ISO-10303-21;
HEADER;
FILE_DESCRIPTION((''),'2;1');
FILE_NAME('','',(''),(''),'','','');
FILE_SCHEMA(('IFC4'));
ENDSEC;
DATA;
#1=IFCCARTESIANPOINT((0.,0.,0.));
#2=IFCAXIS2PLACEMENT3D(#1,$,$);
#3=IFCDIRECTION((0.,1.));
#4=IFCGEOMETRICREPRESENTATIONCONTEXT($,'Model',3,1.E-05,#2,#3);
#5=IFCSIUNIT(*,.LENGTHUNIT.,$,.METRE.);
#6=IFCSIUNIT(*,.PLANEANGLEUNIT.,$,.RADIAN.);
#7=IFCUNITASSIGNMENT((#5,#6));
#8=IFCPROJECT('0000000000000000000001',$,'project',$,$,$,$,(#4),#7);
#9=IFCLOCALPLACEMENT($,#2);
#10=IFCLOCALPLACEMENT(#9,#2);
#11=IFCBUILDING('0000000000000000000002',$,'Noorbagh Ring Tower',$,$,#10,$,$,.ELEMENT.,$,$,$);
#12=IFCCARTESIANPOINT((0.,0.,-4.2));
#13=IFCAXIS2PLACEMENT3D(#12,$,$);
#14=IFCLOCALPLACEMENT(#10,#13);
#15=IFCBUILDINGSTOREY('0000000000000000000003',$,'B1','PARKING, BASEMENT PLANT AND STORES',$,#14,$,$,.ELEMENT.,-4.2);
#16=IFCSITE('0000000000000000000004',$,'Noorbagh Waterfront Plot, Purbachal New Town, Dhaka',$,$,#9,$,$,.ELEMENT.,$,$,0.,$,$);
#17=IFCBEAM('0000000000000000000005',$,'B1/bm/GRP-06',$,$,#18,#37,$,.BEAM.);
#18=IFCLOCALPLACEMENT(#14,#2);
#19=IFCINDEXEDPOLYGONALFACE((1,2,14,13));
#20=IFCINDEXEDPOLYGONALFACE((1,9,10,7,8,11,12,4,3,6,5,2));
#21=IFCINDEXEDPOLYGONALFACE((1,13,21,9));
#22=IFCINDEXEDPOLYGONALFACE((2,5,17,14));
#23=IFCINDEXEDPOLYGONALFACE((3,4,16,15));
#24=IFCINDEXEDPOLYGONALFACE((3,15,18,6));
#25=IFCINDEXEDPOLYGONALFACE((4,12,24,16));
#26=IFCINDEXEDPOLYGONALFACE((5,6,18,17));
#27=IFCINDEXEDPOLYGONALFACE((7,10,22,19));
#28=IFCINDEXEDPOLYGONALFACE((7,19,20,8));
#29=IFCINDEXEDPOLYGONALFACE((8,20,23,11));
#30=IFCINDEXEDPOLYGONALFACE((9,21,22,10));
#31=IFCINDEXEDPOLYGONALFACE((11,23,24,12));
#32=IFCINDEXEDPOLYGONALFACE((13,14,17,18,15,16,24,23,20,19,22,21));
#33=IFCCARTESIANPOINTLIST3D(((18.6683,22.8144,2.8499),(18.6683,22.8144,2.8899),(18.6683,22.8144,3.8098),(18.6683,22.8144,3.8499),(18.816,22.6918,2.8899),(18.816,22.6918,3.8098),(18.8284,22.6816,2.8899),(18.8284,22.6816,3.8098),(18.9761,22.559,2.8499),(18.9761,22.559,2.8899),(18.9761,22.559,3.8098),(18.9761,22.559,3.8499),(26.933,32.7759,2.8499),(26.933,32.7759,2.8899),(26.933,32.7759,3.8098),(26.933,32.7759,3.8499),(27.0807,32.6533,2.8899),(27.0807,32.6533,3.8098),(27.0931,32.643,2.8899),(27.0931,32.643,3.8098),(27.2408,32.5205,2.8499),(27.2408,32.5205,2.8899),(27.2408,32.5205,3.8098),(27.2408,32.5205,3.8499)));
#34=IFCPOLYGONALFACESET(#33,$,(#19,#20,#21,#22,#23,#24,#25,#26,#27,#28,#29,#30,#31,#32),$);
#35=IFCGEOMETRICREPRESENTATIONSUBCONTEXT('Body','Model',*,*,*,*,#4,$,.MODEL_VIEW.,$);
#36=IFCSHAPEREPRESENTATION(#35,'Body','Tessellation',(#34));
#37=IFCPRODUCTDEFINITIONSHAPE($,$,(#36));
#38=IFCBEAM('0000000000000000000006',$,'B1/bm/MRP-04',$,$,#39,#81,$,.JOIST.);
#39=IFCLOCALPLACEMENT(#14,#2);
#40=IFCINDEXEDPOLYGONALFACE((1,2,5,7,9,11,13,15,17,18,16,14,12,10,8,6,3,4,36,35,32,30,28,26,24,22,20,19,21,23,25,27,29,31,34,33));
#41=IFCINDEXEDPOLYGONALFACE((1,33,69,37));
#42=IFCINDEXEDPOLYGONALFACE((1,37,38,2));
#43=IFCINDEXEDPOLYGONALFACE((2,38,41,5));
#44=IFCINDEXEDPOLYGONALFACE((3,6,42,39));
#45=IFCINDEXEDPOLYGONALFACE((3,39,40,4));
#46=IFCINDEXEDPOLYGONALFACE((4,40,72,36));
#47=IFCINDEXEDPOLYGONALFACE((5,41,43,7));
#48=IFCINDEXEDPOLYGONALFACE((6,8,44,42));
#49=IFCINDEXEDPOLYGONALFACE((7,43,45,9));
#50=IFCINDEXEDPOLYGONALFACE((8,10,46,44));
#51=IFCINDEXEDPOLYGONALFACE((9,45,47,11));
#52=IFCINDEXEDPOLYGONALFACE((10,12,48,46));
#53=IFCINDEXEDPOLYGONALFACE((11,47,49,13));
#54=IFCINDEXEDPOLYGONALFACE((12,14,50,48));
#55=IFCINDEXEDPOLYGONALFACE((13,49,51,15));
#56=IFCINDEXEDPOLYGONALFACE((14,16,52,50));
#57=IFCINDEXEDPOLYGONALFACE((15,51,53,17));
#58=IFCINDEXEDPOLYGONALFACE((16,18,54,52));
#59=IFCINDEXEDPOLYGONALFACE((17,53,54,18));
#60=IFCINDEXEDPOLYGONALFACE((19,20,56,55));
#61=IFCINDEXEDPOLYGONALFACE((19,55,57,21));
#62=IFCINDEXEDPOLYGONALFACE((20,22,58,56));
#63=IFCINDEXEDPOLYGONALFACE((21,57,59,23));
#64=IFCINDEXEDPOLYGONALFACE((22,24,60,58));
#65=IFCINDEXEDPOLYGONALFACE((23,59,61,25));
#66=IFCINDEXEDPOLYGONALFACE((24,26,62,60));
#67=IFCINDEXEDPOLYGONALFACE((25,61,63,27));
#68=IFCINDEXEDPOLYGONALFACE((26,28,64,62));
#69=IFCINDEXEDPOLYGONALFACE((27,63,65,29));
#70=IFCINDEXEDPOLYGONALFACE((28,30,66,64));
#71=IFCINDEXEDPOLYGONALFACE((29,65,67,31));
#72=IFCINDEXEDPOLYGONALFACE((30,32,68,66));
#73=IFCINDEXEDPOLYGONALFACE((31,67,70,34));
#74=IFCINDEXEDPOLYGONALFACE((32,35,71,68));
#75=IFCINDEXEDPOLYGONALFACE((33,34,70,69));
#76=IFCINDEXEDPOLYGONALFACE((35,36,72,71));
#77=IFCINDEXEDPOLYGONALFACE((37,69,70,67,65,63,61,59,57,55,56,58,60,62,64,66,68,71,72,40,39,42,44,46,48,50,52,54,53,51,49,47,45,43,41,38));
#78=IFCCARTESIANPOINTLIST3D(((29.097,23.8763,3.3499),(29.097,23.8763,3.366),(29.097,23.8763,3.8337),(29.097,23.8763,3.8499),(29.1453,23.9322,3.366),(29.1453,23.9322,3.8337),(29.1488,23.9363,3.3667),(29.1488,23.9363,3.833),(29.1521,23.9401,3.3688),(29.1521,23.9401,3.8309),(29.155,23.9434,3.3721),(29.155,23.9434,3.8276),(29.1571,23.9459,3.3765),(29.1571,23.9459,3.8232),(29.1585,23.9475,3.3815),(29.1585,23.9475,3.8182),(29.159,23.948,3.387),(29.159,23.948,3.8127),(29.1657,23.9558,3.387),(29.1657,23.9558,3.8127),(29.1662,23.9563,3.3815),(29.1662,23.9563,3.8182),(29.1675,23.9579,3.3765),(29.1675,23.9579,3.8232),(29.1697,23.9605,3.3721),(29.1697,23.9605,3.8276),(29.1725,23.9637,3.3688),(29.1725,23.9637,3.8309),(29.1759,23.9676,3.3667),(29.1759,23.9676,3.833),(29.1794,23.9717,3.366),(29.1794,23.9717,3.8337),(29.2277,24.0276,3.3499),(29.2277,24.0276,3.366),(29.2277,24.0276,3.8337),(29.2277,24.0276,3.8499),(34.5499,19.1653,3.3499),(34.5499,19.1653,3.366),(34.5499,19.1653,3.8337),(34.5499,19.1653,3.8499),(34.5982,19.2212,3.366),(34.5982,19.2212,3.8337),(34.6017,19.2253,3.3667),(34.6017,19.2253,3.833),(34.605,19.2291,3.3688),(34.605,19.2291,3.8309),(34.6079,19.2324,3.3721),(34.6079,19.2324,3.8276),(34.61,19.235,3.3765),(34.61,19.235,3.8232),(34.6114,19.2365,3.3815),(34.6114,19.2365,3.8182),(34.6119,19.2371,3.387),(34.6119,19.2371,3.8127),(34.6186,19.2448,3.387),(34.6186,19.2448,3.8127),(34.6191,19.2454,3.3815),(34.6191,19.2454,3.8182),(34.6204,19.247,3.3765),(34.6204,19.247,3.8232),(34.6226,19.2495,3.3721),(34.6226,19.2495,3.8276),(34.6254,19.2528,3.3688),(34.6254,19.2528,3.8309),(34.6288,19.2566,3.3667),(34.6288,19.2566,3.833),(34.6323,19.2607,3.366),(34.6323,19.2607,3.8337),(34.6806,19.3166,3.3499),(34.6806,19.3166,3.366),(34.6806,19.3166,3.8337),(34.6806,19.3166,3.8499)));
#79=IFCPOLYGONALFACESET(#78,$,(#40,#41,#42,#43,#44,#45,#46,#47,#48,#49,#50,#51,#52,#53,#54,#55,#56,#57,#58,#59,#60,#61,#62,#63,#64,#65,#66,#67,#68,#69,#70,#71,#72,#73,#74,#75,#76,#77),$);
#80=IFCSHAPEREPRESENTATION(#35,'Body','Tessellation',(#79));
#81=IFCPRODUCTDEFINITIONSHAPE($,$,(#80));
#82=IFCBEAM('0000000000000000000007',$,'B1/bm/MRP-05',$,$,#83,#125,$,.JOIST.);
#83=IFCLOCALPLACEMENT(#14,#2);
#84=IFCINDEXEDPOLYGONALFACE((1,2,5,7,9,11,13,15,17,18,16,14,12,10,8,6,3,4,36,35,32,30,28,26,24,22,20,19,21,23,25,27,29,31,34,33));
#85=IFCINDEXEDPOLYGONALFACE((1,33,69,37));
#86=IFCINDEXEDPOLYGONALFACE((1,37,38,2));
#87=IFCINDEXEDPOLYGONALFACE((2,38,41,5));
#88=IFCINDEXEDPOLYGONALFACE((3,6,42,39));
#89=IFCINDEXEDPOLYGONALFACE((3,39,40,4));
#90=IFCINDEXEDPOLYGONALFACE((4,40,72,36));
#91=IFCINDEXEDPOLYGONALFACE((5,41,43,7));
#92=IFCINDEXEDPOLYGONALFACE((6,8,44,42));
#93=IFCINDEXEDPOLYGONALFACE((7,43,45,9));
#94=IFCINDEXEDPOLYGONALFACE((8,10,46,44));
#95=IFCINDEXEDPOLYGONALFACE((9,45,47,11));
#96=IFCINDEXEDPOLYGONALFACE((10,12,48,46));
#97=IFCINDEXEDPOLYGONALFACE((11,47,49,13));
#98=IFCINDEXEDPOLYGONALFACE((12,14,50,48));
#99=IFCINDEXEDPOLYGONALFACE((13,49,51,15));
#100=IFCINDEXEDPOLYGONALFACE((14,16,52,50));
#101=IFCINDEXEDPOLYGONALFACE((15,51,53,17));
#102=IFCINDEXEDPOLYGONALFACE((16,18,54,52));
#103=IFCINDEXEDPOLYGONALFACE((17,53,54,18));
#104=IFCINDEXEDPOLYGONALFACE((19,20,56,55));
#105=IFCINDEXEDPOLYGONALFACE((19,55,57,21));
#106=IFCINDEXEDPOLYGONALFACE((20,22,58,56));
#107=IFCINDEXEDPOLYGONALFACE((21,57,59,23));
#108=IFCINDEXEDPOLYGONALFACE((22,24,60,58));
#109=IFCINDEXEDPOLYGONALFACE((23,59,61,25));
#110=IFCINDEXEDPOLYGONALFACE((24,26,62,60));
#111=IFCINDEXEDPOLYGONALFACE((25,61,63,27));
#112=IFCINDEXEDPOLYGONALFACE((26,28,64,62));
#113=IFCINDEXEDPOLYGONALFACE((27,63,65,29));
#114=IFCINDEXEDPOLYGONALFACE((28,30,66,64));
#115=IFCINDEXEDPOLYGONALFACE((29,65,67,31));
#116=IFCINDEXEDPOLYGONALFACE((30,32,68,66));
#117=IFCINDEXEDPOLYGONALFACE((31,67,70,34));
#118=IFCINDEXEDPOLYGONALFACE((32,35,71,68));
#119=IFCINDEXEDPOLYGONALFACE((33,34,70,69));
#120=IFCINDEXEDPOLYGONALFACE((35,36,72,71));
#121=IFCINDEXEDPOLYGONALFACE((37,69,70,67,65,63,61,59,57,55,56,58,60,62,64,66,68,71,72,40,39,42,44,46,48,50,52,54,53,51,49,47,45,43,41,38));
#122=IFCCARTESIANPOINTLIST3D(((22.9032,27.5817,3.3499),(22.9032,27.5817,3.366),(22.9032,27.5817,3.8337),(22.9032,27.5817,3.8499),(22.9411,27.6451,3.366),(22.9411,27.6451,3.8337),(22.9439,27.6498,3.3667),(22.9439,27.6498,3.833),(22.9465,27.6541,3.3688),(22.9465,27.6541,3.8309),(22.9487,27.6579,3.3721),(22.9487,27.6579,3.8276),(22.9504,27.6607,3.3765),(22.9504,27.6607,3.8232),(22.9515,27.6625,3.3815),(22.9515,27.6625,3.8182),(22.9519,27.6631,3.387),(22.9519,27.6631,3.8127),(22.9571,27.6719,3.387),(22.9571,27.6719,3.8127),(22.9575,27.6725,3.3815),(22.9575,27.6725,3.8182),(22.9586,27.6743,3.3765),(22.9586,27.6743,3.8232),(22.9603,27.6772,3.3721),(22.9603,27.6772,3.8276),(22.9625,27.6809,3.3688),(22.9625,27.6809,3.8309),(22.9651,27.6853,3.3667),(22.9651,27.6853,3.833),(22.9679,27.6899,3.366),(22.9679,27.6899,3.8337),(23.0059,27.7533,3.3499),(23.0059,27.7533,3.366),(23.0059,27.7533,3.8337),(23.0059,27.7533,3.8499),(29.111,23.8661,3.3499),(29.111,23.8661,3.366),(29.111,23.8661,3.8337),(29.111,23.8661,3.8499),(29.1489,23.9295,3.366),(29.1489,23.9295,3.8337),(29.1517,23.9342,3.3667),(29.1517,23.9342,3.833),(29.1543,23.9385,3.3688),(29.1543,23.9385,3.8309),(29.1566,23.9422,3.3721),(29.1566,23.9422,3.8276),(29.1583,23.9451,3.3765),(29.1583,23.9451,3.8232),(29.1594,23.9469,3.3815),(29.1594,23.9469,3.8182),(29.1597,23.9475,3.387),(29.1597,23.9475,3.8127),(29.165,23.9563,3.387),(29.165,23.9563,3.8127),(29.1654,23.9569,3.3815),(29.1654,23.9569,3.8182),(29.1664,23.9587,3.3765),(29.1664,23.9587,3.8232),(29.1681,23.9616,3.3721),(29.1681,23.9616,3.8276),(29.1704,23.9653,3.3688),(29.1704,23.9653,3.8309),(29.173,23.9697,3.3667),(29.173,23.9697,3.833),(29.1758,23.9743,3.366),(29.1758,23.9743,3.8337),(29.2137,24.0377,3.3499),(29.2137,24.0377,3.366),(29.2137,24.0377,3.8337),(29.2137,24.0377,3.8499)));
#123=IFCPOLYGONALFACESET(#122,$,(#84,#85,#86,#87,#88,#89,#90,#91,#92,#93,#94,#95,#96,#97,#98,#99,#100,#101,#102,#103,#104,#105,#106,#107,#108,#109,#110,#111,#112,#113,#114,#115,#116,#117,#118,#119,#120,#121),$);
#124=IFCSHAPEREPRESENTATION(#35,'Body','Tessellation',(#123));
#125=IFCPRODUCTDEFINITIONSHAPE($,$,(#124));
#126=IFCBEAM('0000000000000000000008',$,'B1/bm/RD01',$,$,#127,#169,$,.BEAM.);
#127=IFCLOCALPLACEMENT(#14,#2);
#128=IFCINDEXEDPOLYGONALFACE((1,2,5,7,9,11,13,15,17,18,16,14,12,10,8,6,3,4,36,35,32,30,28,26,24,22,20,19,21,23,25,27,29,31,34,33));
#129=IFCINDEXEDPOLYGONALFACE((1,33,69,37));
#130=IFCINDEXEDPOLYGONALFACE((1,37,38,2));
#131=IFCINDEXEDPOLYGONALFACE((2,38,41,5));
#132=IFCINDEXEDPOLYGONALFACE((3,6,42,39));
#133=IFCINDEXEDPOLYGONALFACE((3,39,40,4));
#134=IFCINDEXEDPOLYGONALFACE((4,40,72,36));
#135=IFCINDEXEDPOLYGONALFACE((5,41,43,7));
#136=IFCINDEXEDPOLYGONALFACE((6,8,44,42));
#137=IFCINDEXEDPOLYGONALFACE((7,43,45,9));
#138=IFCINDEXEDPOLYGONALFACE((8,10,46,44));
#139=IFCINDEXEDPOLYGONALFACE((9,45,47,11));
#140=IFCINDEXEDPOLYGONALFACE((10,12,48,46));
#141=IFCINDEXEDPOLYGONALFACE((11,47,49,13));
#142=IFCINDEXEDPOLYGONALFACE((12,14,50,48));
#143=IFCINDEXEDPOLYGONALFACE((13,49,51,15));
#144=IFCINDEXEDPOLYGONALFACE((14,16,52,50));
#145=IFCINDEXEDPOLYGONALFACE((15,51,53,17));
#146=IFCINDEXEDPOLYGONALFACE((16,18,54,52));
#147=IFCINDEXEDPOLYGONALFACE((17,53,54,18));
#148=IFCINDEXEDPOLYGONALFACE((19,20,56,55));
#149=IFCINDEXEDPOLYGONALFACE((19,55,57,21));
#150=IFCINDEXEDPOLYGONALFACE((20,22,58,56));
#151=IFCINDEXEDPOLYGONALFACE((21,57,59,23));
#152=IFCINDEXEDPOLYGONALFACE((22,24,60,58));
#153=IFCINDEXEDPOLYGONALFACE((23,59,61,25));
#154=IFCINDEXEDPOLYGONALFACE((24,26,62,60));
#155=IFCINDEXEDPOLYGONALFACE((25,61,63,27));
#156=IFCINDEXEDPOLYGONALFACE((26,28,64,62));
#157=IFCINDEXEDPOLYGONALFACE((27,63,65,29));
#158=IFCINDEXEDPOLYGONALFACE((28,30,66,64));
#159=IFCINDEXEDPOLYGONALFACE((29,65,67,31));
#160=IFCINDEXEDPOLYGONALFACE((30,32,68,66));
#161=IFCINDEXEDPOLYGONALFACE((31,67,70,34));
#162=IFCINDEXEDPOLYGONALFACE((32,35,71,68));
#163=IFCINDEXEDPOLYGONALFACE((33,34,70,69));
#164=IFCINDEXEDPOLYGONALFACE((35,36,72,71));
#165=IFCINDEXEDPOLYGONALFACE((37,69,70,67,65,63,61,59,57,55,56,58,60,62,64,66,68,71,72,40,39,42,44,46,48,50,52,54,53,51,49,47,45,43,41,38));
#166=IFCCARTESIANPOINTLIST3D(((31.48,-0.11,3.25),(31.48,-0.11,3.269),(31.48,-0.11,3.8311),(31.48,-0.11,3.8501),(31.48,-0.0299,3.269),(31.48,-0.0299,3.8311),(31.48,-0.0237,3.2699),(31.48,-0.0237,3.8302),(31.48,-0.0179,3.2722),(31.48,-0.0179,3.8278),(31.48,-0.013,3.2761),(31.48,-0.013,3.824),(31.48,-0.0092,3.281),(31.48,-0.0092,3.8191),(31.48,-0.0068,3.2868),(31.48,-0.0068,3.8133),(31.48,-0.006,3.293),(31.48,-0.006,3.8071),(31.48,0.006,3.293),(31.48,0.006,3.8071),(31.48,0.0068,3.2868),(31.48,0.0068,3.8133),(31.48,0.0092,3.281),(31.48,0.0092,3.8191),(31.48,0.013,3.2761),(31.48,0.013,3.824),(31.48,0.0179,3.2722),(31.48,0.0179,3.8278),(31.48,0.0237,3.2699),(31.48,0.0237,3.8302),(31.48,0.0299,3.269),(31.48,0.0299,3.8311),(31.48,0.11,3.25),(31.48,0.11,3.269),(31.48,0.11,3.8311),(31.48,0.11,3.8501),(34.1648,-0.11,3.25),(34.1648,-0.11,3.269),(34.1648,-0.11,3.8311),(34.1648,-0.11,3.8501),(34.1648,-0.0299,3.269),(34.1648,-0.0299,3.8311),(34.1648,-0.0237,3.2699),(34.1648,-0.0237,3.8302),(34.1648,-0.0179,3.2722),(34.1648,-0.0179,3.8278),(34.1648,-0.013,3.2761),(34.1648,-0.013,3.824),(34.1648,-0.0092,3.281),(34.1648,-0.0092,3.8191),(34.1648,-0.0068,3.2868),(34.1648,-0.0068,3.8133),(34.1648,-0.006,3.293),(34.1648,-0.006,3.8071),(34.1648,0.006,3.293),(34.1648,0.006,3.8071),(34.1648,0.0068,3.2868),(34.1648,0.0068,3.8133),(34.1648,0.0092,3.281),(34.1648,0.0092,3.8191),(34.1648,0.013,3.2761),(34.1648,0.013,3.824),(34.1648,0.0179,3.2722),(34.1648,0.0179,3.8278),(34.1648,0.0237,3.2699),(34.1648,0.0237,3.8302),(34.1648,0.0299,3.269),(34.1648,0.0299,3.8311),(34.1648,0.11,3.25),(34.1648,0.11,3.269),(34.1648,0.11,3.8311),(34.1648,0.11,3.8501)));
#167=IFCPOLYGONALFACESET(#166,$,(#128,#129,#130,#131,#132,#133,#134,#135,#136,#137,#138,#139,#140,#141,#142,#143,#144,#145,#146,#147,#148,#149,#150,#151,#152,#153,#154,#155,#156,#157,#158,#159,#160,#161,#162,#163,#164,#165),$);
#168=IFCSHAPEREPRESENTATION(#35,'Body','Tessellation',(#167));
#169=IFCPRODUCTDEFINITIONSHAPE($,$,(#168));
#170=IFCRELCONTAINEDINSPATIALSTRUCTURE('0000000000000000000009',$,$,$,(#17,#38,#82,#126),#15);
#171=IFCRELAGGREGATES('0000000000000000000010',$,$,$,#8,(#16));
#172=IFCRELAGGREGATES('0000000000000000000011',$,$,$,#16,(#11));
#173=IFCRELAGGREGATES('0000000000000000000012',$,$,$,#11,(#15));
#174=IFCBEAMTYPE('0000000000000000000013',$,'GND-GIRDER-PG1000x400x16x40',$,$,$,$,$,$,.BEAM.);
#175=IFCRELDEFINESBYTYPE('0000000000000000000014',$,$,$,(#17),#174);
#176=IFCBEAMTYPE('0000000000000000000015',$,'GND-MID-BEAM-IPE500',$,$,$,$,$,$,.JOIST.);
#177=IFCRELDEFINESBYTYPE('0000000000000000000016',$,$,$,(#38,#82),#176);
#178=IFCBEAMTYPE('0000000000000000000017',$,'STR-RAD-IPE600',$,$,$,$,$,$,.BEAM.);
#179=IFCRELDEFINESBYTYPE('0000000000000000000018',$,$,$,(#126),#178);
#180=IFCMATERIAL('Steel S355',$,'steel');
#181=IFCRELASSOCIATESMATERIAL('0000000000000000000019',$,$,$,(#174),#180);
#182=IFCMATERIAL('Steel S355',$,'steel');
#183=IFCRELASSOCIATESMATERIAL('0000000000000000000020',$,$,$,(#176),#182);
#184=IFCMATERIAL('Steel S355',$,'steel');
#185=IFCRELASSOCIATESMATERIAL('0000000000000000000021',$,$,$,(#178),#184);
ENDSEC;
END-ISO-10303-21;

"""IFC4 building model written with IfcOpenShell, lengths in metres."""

from ifc_helpers import new_model, si_unit, direction, frame, origin, origin_2d, place, context, subcontext, project, spatial, i_section, extrude, material, material_profile, profile_set, type_object, element, save


model = new_model("IFC4")

# Units and contexts
model_context = context("Model", 3, precision=1e-05, world=origin(), true_north=direction((0.0, 1.0)))
body_context = subcontext(model_context, "Body", "Model", "MODEL_VIEW")
ifc_project = project(units=[si_unit("LENGTHUNIT", "METRE"), si_unit("PLANEANGLEUNIT", "RADIAN")], contexts=[model_context])

# Site, building, storey
site_placement = place(None, origin())
site = spatial("IfcSite", under=ifc_project, at=site_placement, Name="Noorbagh Waterfront Plot, Purbachal New Town, Dhaka", CompositionType="ELEMENT", RefElevation=0.0)
building_placement = place(site_placement, origin())
building = spatial("IfcBuilding", under=site, at=building_placement, Name="Noorbagh Ring Tower", CompositionType="ELEMENT")
storey_placement = place(building_placement, frame((0.0, 0.0, -4.2)))
storey = spatial("IfcBuildingStorey", under=building, at=storey_placement, Name="B1", Description="PARKING, BASEMENT PLANT AND STORES", CompositionType="ELEMENT", Elevation=-4.2)

# Beams
ifc_material_1 = material(Name="Steel S355", Category="steel")
ifc_material_profile_1 = material_profile(ifc_material_1, i_section(OverallWidth=0.3999, OverallDepth=1.0, WebThickness=0.0161, FlangeThickness=0.04, at=origin_2d()), Name="PG1000x400x16x40")
ifc_profile_set_1 = profile_set([ifc_material_profile_1], Name="Steel S355")
beam_type_1 = type_object("IfcBeamType", Name="GND-GIRDER-PG1000x400x16x40", PredefinedType="BEAM", material=ifc_profile_set_1)
beam_1_placement = place(storey_placement, frame((27.0869, 32.6482, 3.3499), z_axis=(-0.638517, -0.769608, 0.0), x_axis=(0.769608, -0.638517, 0.0)))
element("IfcBeam", 1, at=beam_1_placement, inside=storey, type_object=beam_type_1, Name="B1/bm/GRP-06", PredefinedType="BEAM", context=body_context, shape_type="SweptSolid", body=[
    extrude(i_section(OverallWidth=0.3999, OverallDepth=1.0, WebThickness=0.0161, FlangeThickness=0.04, at=origin_2d()), origin(), (0.0, 0.0, 1.0), 12.9436),
])
ifc_material_2 = material(Name="Steel S355", Category="steel")
ifc_material_profile_2 = material_profile(ifc_material_2, i_section(OverallWidth=0.2, OverallDepth=0.5, WebThickness=0.0103, FlangeThickness=0.0161, FilletRadius=0.021, at=origin_2d()), Name="IPE500")
ifc_profile_set_2 = profile_set([ifc_material_profile_2], Name="Steel S355")
beam_type_2 = type_object("IfcBeamType", Name="GND-MID-BEAM-IPE500", PredefinedType="JOIST", material=ifc_profile_set_2)
beam_2_placement = place(storey_placement, frame((34.6152, 19.241, 3.5999), z_axis=(-0.756711, 0.65375, 0.0), x_axis=(-0.65375, -0.756711, 0.0)))
element("IfcBeam", 2, at=beam_2_placement, inside=storey, type_object=beam_type_2, Name="B1/bm/MRP-04", PredefinedType="JOIST", context=body_context, shape_type="SweptSolid", body=[
    extrude(i_section(OverallWidth=0.2, OverallDepth=0.5, WebThickness=0.0103, FlangeThickness=0.0161, FilletRadius=0.021, at=origin_2d()), origin(), (0.0, 0.0, 1.0), 7.2061),
])
beam_3_placement = place(storey_placement, frame((29.1624, 23.9519, 3.5999), z_axis=(-0.858046, 0.513572, 0.0), x_axis=(-0.513572, -0.858046, 0.0)))
element("IfcBeam", 3, at=beam_3_placement, inside=storey, type_object=beam_type_2, Name="B1/bm/MRP-05", PredefinedType="JOIST", context=body_context, shape_type="SweptSolid", body=[
    extrude(i_section(OverallWidth=0.2, OverallDepth=0.5, WebThickness=0.0103, FlangeThickness=0.0161, FilletRadius=0.021, at=origin_2d()), origin(), (0.0, 0.0, 1.0), 7.2349),
])
ifc_material_3 = material(Name="Steel S355", Category="steel")
ifc_material_profile_3 = material_profile(ifc_material_3, i_section(OverallWidth=0.22, OverallDepth=0.6001, WebThickness=0.012, FlangeThickness=0.019, FilletRadius=0.0239, at=origin_2d()), Name="IPE600")
ifc_profile_set_3 = profile_set([ifc_material_profile_3], Name="Steel S355")
beam_type_3 = type_object("IfcBeamType", Name="STR-RAD-IPE600", PredefinedType="BEAM", material=ifc_profile_set_3)
beam_4_placement = place(storey_placement, frame((34.1648, 0.0, 3.55), z_axis=(-1.0, 0.0, 0.0), x_axis=(0.0, -1.0, 0.0)))
element("IfcBeam", 4, at=beam_4_placement, inside=storey, type_object=beam_type_3, Name="B1/bm/RD01", PredefinedType="BEAM", context=body_context, shape_type="SweptSolid", body=[
    extrude(i_section(OverallWidth=0.22, OverallDepth=0.6001, WebThickness=0.012, FlangeThickness=0.019, FilletRadius=0.0239, at=origin_2d()), origin(), (0.0, 0.0, 1.0), 2.6848),
])

save(model, "model.ifc")
